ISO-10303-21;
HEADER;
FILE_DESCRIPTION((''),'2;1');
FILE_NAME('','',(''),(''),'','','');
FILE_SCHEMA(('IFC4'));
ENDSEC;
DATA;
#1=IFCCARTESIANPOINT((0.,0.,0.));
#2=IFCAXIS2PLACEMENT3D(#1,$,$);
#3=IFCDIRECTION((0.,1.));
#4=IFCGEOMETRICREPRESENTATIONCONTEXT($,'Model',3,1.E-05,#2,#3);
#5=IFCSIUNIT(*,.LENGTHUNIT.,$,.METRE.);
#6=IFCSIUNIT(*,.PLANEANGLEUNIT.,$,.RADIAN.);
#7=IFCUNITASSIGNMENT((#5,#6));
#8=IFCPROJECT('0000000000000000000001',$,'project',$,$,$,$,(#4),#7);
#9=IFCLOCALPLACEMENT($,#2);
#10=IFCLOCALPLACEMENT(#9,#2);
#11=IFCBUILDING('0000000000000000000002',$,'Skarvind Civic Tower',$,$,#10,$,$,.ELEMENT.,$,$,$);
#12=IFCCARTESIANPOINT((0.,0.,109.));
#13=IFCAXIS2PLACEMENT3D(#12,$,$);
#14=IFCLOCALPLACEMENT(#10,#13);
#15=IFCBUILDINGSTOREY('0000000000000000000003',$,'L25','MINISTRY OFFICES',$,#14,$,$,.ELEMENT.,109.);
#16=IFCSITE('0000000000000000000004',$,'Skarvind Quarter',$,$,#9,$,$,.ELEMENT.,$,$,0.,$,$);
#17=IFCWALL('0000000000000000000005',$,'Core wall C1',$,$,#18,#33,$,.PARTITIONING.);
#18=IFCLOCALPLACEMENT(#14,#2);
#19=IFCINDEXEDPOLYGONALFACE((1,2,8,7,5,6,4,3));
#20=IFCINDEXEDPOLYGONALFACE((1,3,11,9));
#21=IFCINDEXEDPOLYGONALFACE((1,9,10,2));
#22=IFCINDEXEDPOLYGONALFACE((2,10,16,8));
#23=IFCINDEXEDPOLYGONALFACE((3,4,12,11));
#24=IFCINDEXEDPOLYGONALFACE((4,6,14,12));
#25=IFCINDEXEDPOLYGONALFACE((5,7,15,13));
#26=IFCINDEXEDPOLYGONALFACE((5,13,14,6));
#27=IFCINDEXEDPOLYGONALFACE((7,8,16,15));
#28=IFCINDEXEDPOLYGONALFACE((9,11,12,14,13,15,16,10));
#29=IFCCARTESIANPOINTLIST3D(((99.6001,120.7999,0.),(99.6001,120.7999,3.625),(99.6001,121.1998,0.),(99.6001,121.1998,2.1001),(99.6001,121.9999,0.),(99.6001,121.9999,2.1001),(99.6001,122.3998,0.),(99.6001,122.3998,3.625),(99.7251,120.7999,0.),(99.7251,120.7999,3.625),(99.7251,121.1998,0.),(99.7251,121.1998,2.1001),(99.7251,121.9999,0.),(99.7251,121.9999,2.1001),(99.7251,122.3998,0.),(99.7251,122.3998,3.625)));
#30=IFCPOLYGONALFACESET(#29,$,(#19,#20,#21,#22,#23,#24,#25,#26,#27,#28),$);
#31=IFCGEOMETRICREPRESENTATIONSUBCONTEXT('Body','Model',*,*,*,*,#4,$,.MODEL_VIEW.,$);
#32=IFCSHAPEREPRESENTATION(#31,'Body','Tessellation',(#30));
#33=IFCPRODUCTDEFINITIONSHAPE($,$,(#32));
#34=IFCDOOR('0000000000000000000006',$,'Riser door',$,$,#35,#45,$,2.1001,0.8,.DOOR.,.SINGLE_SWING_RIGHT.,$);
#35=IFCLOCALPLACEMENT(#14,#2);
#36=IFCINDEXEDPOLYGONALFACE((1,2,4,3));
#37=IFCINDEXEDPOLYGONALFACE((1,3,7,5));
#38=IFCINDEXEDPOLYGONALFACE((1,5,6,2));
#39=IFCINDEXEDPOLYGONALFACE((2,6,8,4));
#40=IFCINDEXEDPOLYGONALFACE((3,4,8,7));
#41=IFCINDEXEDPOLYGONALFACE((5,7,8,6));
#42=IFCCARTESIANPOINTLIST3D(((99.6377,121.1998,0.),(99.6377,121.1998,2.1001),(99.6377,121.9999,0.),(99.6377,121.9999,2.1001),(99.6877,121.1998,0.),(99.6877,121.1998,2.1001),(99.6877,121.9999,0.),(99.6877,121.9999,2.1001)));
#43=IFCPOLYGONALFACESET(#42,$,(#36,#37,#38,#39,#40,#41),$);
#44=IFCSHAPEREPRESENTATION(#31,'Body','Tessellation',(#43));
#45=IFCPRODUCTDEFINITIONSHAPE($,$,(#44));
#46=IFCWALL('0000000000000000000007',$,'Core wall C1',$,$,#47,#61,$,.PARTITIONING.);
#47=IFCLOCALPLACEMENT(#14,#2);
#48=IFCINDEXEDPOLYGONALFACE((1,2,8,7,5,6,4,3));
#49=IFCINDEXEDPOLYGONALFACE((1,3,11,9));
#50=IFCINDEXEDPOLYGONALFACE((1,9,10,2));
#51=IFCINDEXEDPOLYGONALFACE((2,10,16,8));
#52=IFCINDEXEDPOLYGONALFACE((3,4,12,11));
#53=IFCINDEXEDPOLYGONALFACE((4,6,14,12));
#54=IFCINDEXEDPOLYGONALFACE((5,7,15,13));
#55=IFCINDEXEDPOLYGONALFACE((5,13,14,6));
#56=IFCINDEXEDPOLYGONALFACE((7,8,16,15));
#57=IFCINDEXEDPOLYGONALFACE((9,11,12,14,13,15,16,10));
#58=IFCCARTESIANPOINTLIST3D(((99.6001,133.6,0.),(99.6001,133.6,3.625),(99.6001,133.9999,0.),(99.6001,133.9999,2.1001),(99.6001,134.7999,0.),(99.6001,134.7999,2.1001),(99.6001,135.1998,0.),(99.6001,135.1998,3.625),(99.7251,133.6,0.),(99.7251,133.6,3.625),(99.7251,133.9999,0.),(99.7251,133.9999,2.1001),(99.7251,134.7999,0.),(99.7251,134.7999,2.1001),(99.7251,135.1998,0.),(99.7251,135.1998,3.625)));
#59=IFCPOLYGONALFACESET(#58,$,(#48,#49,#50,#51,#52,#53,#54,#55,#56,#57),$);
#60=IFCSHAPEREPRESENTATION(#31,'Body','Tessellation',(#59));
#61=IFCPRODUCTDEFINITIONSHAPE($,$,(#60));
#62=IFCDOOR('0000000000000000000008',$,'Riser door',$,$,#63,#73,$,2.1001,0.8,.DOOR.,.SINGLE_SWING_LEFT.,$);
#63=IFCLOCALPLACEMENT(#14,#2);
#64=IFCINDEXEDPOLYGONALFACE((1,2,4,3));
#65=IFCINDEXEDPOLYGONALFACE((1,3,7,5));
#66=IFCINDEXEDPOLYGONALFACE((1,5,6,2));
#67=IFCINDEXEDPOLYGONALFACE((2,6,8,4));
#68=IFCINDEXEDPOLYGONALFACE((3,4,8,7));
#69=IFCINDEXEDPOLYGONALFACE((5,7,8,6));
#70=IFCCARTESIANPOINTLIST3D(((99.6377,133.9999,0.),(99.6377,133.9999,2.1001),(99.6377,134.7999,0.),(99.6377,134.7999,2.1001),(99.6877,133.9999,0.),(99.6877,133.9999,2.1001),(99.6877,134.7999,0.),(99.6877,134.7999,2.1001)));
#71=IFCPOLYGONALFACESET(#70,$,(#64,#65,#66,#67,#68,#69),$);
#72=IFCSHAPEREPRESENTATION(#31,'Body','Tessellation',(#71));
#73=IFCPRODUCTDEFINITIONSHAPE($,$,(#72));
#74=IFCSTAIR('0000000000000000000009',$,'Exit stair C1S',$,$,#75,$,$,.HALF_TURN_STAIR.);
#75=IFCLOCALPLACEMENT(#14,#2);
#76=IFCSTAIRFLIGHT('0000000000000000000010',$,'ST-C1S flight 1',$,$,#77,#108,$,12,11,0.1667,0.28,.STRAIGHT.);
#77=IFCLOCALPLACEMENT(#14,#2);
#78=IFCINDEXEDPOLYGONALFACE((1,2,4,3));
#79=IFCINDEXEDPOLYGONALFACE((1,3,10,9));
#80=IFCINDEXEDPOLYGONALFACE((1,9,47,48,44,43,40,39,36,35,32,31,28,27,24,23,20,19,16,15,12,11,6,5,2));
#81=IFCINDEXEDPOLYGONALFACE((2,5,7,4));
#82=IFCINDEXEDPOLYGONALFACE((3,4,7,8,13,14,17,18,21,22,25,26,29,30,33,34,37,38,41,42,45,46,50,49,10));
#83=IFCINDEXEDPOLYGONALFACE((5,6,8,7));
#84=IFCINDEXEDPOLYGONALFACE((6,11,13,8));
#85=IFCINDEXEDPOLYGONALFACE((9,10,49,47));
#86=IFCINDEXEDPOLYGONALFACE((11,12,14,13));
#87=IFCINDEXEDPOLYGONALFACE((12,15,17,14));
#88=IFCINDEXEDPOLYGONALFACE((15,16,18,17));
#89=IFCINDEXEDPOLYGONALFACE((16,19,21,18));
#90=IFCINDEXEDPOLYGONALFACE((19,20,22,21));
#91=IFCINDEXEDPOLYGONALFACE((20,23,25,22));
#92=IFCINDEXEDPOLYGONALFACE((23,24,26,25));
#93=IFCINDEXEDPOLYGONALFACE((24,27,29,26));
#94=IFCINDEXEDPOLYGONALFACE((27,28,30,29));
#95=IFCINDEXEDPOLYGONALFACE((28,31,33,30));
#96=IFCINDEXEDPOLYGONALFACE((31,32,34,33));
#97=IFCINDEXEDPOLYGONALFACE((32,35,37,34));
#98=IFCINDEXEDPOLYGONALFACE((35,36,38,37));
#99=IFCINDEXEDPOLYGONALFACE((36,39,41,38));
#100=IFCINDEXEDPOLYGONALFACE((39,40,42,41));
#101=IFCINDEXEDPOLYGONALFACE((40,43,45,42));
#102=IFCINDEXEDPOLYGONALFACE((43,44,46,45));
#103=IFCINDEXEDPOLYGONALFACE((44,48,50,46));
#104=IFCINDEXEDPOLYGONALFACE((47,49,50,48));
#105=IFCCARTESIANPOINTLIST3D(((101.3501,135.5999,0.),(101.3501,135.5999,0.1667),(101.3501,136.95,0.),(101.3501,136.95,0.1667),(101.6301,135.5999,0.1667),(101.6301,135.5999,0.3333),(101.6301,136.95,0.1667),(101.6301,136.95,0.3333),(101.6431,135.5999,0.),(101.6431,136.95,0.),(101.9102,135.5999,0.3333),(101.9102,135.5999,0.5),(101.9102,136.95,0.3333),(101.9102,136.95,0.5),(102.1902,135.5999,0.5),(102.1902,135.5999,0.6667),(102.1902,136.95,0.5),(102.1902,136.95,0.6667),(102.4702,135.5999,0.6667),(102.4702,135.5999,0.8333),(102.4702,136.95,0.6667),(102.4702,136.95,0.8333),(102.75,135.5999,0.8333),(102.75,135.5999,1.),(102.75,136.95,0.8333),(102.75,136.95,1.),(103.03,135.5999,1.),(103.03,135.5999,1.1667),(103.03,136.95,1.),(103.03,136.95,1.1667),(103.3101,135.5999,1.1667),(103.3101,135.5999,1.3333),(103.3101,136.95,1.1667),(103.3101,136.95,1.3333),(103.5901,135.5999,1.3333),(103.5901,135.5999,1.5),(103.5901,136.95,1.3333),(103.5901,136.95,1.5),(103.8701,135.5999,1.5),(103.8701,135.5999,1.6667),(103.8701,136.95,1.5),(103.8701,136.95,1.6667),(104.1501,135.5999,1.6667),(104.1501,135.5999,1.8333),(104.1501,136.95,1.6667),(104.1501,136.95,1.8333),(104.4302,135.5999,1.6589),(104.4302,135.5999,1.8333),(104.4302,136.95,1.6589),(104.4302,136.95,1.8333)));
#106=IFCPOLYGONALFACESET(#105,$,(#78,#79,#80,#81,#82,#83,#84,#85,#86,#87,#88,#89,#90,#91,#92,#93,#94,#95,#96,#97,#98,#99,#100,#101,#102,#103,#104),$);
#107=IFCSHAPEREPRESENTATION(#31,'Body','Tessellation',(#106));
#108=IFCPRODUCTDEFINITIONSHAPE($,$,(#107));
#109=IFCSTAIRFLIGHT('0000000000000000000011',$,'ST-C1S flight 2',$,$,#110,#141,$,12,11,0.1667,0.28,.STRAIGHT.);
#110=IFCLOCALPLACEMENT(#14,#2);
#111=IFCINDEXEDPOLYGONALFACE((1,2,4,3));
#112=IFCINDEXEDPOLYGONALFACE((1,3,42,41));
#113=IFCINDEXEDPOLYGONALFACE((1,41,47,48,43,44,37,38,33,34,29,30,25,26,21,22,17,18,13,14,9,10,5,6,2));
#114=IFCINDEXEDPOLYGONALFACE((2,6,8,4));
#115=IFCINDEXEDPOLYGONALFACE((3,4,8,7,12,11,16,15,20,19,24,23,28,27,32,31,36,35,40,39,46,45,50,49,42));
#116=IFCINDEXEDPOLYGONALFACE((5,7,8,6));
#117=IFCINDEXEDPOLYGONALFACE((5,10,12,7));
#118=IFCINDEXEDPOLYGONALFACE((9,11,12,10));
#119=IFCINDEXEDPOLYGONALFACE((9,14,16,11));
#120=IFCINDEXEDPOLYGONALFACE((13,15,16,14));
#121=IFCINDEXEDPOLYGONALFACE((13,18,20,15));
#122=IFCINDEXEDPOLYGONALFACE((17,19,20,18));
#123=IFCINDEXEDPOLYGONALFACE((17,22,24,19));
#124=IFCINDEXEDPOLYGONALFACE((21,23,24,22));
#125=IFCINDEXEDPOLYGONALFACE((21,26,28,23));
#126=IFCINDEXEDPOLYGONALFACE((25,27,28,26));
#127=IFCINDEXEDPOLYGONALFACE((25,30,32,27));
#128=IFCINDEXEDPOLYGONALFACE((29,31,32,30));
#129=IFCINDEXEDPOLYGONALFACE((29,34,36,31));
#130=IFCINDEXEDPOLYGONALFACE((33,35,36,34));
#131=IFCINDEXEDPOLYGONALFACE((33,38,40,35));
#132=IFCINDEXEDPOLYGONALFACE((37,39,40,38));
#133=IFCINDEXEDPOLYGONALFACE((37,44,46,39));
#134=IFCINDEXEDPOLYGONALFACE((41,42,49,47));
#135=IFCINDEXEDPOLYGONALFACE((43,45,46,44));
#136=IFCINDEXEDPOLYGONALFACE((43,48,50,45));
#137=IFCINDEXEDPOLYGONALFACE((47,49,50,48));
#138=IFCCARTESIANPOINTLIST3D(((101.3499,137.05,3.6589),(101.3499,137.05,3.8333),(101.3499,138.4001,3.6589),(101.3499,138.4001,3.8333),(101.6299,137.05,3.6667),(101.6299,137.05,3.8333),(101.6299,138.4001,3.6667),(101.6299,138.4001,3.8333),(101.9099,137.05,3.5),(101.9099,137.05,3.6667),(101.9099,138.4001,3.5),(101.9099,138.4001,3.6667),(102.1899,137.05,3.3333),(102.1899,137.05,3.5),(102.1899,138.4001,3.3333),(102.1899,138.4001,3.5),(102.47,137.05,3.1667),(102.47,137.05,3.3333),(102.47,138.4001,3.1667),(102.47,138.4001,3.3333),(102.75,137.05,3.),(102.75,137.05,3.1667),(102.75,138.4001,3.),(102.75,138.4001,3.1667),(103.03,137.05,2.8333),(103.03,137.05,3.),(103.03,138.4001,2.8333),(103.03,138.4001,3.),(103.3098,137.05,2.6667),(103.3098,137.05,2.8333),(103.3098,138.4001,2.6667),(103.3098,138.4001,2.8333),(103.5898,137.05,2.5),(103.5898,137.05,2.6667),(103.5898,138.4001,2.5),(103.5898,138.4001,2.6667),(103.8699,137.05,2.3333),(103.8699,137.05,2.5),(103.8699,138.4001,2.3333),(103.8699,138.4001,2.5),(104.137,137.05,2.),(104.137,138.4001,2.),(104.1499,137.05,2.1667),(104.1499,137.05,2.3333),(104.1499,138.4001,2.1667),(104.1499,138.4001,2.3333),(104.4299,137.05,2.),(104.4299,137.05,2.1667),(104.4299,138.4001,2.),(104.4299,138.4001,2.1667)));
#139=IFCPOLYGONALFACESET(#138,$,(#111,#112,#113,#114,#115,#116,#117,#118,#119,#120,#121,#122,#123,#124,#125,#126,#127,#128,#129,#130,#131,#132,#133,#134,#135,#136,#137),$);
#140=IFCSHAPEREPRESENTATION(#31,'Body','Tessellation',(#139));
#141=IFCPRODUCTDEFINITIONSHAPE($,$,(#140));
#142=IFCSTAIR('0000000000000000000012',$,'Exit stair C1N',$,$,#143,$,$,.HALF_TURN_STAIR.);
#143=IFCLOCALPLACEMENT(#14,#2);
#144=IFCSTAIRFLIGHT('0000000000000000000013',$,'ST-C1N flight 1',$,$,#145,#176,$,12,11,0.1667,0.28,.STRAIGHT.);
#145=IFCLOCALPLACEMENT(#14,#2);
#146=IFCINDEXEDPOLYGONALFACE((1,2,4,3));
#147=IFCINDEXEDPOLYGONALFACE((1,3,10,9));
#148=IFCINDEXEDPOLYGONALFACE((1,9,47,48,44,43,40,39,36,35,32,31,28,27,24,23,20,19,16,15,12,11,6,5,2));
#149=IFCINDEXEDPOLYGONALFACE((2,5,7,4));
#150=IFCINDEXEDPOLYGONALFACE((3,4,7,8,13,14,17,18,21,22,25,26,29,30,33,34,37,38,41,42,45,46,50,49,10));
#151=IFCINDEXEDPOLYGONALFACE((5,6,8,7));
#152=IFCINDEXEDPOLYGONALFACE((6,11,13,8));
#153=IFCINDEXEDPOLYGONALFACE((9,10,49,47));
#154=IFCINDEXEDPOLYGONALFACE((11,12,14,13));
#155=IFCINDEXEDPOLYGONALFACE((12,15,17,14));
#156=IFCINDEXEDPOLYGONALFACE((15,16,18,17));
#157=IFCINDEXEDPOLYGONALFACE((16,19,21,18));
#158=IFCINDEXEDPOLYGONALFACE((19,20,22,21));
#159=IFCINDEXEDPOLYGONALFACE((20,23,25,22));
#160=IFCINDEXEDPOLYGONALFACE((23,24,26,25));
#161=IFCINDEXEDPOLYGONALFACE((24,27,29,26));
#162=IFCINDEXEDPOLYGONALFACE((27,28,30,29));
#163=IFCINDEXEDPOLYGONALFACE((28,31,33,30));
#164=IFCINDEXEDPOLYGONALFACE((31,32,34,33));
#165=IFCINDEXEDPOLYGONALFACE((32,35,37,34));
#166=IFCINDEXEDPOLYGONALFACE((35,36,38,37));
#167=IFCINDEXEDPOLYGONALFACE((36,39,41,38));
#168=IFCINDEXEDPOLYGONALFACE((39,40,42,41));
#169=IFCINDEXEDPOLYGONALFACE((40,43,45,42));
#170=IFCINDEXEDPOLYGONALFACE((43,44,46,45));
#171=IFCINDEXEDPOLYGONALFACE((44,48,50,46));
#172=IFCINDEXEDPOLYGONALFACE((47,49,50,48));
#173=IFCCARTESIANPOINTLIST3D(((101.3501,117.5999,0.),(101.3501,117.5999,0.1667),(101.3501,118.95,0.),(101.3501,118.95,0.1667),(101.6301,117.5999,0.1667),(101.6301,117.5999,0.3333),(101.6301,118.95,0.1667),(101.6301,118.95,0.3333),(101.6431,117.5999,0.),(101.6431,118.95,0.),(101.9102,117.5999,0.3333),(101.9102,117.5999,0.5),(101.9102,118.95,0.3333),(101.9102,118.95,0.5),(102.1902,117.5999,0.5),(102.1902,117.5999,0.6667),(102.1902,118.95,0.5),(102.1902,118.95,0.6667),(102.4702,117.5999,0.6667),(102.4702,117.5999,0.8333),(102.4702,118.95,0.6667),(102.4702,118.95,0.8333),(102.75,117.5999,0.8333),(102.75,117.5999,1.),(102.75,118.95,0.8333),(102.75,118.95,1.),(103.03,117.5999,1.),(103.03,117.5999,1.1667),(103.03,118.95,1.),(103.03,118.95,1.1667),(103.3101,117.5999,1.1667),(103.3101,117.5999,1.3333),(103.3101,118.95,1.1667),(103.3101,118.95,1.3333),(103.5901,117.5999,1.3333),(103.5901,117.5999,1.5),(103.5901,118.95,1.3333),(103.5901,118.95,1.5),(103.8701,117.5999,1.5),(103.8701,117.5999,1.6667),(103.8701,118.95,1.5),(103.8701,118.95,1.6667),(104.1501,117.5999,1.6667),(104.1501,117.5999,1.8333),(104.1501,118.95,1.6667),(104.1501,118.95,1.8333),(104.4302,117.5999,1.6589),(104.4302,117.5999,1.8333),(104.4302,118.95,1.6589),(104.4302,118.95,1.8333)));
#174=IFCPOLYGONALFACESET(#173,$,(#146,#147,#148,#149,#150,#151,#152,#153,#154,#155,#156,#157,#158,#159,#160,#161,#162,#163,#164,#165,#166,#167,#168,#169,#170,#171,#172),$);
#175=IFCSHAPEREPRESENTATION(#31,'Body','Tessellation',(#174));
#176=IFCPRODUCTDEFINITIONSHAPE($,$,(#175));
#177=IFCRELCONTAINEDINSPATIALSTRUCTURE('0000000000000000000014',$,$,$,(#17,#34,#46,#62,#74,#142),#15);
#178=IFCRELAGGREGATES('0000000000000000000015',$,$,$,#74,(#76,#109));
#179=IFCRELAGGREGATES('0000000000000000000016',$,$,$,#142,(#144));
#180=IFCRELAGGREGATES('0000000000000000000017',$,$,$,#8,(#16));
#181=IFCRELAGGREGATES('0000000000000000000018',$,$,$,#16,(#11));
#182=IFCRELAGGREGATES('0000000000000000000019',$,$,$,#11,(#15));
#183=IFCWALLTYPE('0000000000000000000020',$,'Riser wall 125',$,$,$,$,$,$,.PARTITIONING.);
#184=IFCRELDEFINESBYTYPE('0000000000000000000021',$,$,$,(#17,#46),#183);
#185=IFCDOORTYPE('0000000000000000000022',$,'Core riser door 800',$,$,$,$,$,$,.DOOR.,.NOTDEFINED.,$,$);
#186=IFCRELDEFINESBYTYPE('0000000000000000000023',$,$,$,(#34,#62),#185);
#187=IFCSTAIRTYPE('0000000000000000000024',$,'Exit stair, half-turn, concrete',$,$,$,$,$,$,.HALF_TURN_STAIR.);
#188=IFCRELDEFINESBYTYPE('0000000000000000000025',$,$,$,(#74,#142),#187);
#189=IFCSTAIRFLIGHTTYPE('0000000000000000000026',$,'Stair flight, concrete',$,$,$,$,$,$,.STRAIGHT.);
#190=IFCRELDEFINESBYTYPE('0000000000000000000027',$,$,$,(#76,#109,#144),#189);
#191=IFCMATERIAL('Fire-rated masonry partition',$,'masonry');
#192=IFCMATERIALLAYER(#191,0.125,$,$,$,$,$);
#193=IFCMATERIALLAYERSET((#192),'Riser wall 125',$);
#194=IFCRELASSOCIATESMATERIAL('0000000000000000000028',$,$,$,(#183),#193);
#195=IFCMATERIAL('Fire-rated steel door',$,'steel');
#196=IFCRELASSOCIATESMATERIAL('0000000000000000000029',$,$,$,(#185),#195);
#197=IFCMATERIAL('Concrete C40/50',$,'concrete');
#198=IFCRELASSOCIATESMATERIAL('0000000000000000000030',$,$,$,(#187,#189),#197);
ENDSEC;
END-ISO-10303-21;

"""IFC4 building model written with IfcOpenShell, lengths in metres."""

from ifc_helpers import new_model, si_unit, direction, frame, frame_2d, origin, place, context, subcontext, project, spatial, polyline, rectangle, outline, extrude, material, layer, layer_set, type_object, element, fill, aggregate, save


model = new_model("IFC4")

# Units and contexts
model_context = context("Model", 3, precision=1e-05, world=origin(), true_north=direction((0.0, 1.0)))
body_context = subcontext(model_context, "Body", "Model", "MODEL_VIEW")
ifc_project = project(units=[si_unit("LENGTHUNIT", "METRE"), si_unit("PLANEANGLEUNIT", "RADIAN")], contexts=[model_context])

# Site, building, storey
site_placement = place(None, origin())
site = spatial("IfcSite", under=ifc_project, at=site_placement, Name="Skarvind Quarter", CompositionType="ELEMENT", RefElevation=0.0)
building_placement = place(site_placement, origin())
building = spatial("IfcBuilding", under=site, at=building_placement, Name="Skarvind Civic Tower", CompositionType="ELEMENT")
storey_placement = place(building_placement, frame((0.0, 0.0, 109.0)))
storey = spatial("IfcBuildingStorey", under=building, at=storey_placement, Name="L25", Description="MINISTRY OFFICES", CompositionType="ELEMENT", Elevation=109.0)

# Shared definitions
ifc_material_1 = material(Name="Fire-rated steel door", Category="steel")

# Walls, openings, doors
ifc_material_2 = material(Name="Fire-rated masonry partition", Category="masonry")
ifc_layer_1 = layer(ifc_material_2, 0.125)
ifc_layer_set_1 = layer_set([ifc_layer_1], Name="Riser wall 125")
wall_type_1 = type_object("IfcWallType", Name="Riser wall 125", PredefinedType="PARTITIONING", material=ifc_layer_set_1)
wall_1_placement = place(storey_placement, frame((99.6626, 120.8, 0.0), z_axis=(0.0, 0.0, 1.0), x_axis=(0.0, 1.0, 0.0)))
wall_1 = element("IfcWall", 1, at=wall_1_placement, inside=storey, type_object=wall_type_1, Name="Core wall C1", PredefinedType="PARTITIONING", context=body_context, shape_type="SweptSolid", body=[
    extrude(rectangle(XDim=1.5999, YDim=0.125, at=frame_2d((0.7998, 0.0))), origin(), (0.0, 0.0, 1.0), 3.625),
])
opening_1_placement = place(wall_1_placement, frame((0.3999, 0.0, 0.0)))
opening_1 = element("IfcOpeningElement", 2, at=opening_1_placement, cuts=wall_1, PredefinedType="OPENING", context=body_context, shape_type="SweptSolid", body=[
    extrude(rectangle(XDim=0.8, YDim=2.1001, at=frame_2d((0.3999, 1.05))), frame((0.0, 0.0725, 0.0), z_axis=(0.0, -1.0, 0.0), x_axis=(1.0, 0.0, 0.0)), (0.0, 0.0, 1.0), 0.145),
])
door_type_1 = type_object("IfcDoorType", Name="Core riser door 800", OperationType="NOTDEFINED", PredefinedType="DOOR", material=ifc_material_1)
door_1_placement = place(opening_1_placement, origin())
door_1 = element("IfcDoor", 3, at=door_1_placement, inside=storey, type_object=door_type_1, Name="Riser door", OperationType="SINGLE_SWING_RIGHT", OverallHeight=2.1001, OverallWidth=0.8, PredefinedType="DOOR", context=body_context, shape_type="SweptSolid", body=[
    extrude(rectangle(XDim=0.8, YDim=2.1001, at=frame_2d((0.3999, 1.05))), frame((0.0, 0.0249, 0.0), z_axis=(0.0, -1.0, 0.0), x_axis=(1.0, 0.0, 0.0)), (0.0, 0.0, 1.0), 0.05),
])
fill(opening_1, door_1)
wall_2_placement = place(storey_placement, frame((99.6626, 133.6001, 0.0), z_axis=(0.0, 0.0, 1.0), x_axis=(0.0, 1.0, 0.0)))
wall_2 = element("IfcWall", 4, at=wall_2_placement, inside=storey, type_object=wall_type_1, Name="Core wall C1", PredefinedType="PARTITIONING", context=body_context, shape_type="SweptSolid", body=[
    extrude(rectangle(XDim=1.5999, YDim=0.125, at=frame_2d((0.7998, 0.0))), origin(), (0.0, 0.0, 1.0), 3.625),
])
opening_2_placement = place(wall_2_placement, frame((0.3999, 0.0, 0.0)))
opening_2 = element("IfcOpeningElement", 5, at=opening_2_placement, cuts=wall_2, PredefinedType="OPENING", context=body_context, shape_type="SweptSolid", body=[
    extrude(rectangle(XDim=0.8, YDim=2.1001, at=frame_2d((0.3999, 1.05))), frame((0.0, 0.0725, 0.0), z_axis=(0.0, -1.0, 0.0), x_axis=(1.0, 0.0, 0.0)), (0.0, 0.0, 1.0), 0.145),
])
door_2_placement = place(opening_2_placement, origin())
door_2 = element("IfcDoor", 6, at=door_2_placement, inside=storey, type_object=door_type_1, Name="Riser door", OperationType="SINGLE_SWING_LEFT", OverallHeight=2.1001, OverallWidth=0.8, PredefinedType="DOOR", context=body_context, shape_type="SweptSolid", body=[
    extrude(rectangle(XDim=0.8, YDim=2.1001, at=frame_2d((0.3999, 1.05))), frame((0.0, 0.0249, 0.0), z_axis=(0.0, -1.0, 0.0), x_axis=(1.0, 0.0, 0.0)), (0.0, 0.0, 1.0), 0.05),
])
fill(opening_2, door_2)

# Stairs, stair flights
ifc_material_3 = material(Name="Concrete C40/50", Category="concrete")
stair_type = type_object("IfcStairType", Name="Exit stair, half-turn, concrete", PredefinedType="HALF_TURN_STAIR", material=ifc_material_3)
stair_1_placement = place(storey_placement, origin())
stair_1 = element("IfcStair", 7, at=stair_1_placement, inside=storey, type_object=stair_type, Name="Exit stair C1S", PredefinedType="HALF_TURN_STAIR")
stair_flight_type = type_object("IfcStairFlightType", Name="Stair flight, concrete", PredefinedType="STRAIGHT", material=ifc_material_3)
stair_flight_1_placement = place(storey_placement, frame((101.3501, 136.2749, 0.0), z_axis=(0.0, 0.0, 1.0), x_axis=(1.0, 0.0, 0.0)))
stair_flight_1 = element("IfcStairFlight", 8, at=stair_flight_1_placement, type_object=stair_flight_type, Name="ST-C1S flight 1", NumberOfRisers=12, NumberOfTreads=11, PredefinedType="STRAIGHT", RiserHeight=0.1667, TreadLength=0.28, context=body_context, shape_type="SweptSolid", body=[
    extrude(outline(polyline([(0.0, 0.0), (0.0, 0.1667), (0.28, 0.1667), (0.28, 0.3333), (0.5601, 0.3333), (0.5601, 0.5), (0.8401, 0.5), (0.8401, 0.6667), (1.1201, 0.6667), (1.1201, 0.8333), (1.3999, 0.8333), (1.3999, 1.0), (1.6799, 1.0), (1.6799, 1.1667), (1.96, 1.1667), (1.96, 1.3333), (2.24, 1.3333), (2.24, 1.5), (2.52, 1.5), (2.52, 1.6667), (2.8, 1.6667), (2.8, 1.8333), (3.0801, 1.8333), (3.0801, 2.0), (3.0801, 1.6589), (0.293, 0.0), (0.0, 0.0)])), frame((0.0, 0.675, 0.0), z_axis=(0.0, -1.0, 0.0), x_axis=(1.0, 0.0, 0.0)), (0.0, 0.0, 1.0), 1.3501),
])
stair_flight_2_placement = place(storey_placement, frame((104.4299, 137.7251, 2.0), z_axis=(0.0, 0.0, 1.0), x_axis=(-1.0, 0.0, 0.0)))
stair_flight_2 = element("IfcStairFlight", 9, at=stair_flight_2_placement, type_object=stair_flight_type, Name="ST-C1S flight 2", NumberOfRisers=12, NumberOfTreads=11, PredefinedType="STRAIGHT", RiserHeight=0.1667, TreadLength=0.28, context=body_context, shape_type="SweptSolid", body=[
    extrude(outline(polyline([(0.0, 0.0), (0.0, 0.1667), (0.28, 0.1667), (0.28, 0.3333), (0.5601, 0.3333), (0.5601, 0.5), (0.8401, 0.5), (0.8401, 0.6667), (1.1201, 0.6667), (1.1201, 0.8333), (1.3999, 0.8333), (1.3999, 1.0), (1.6799, 1.0), (1.6799, 1.1667), (1.96, 1.1667), (1.96, 1.3333), (2.24, 1.3333), (2.24, 1.5), (2.52, 1.5), (2.52, 1.6667), (2.8, 1.6667), (2.8, 1.8333), (3.0801, 1.8333), (3.0801, 2.0), (3.0801, 1.6589), (0.293, 0.0), (0.0, 0.0)])), frame((0.0, 0.675, 0.0), z_axis=(0.0, -1.0, 0.0), x_axis=(1.0, 0.0, 0.0)), (0.0, 0.0, 1.0), 1.3501),
])
aggregate(stair_1, [stair_flight_1, stair_flight_2])
stair_2_placement = place(storey_placement, origin())
stair_2 = element("IfcStair", 10, at=stair_2_placement, inside=storey, type_object=stair_type, Name="Exit stair C1N", PredefinedType="HALF_TURN_STAIR")
stair_flight_3_placement = place(storey_placement, frame((101.3501, 118.2749, 0.0), z_axis=(0.0, 0.0, 1.0), x_axis=(1.0, 0.0, 0.0)))
stair_flight_3 = element("IfcStairFlight", 11, at=stair_flight_3_placement, type_object=stair_flight_type, Name="ST-C1N flight 1", NumberOfRisers=12, NumberOfTreads=11, PredefinedType="STRAIGHT", RiserHeight=0.1667, TreadLength=0.28, context=body_context, shape_type="SweptSolid", body=[
    extrude(outline(polyline([(0.0, 0.0), (0.0, 0.1667), (0.28, 0.1667), (0.28, 0.3333), (0.5601, 0.3333), (0.5601, 0.5), (0.8401, 0.5), (0.8401, 0.6667), (1.1201, 0.6667), (1.1201, 0.8333), (1.3999, 0.8333), (1.3999, 1.0), (1.6799, 1.0), (1.6799, 1.1667), (1.96, 1.1667), (1.96, 1.3333), (2.24, 1.3333), (2.24, 1.5), (2.52, 1.5), (2.52, 1.6667), (2.8, 1.6667), (2.8, 1.8333), (3.0801, 1.8333), (3.0801, 2.0), (3.0801, 1.6589), (0.293, 0.0), (0.0, 0.0)])), frame((0.0, 0.675, 0.0), z_axis=(0.0, -1.0, 0.0), x_axis=(1.0, 0.0, 0.0)), (0.0, 0.0, 1.0), 1.3501),
])
aggregate(stair_2, [stair_flight_3])

save(model, "model.ifc")
